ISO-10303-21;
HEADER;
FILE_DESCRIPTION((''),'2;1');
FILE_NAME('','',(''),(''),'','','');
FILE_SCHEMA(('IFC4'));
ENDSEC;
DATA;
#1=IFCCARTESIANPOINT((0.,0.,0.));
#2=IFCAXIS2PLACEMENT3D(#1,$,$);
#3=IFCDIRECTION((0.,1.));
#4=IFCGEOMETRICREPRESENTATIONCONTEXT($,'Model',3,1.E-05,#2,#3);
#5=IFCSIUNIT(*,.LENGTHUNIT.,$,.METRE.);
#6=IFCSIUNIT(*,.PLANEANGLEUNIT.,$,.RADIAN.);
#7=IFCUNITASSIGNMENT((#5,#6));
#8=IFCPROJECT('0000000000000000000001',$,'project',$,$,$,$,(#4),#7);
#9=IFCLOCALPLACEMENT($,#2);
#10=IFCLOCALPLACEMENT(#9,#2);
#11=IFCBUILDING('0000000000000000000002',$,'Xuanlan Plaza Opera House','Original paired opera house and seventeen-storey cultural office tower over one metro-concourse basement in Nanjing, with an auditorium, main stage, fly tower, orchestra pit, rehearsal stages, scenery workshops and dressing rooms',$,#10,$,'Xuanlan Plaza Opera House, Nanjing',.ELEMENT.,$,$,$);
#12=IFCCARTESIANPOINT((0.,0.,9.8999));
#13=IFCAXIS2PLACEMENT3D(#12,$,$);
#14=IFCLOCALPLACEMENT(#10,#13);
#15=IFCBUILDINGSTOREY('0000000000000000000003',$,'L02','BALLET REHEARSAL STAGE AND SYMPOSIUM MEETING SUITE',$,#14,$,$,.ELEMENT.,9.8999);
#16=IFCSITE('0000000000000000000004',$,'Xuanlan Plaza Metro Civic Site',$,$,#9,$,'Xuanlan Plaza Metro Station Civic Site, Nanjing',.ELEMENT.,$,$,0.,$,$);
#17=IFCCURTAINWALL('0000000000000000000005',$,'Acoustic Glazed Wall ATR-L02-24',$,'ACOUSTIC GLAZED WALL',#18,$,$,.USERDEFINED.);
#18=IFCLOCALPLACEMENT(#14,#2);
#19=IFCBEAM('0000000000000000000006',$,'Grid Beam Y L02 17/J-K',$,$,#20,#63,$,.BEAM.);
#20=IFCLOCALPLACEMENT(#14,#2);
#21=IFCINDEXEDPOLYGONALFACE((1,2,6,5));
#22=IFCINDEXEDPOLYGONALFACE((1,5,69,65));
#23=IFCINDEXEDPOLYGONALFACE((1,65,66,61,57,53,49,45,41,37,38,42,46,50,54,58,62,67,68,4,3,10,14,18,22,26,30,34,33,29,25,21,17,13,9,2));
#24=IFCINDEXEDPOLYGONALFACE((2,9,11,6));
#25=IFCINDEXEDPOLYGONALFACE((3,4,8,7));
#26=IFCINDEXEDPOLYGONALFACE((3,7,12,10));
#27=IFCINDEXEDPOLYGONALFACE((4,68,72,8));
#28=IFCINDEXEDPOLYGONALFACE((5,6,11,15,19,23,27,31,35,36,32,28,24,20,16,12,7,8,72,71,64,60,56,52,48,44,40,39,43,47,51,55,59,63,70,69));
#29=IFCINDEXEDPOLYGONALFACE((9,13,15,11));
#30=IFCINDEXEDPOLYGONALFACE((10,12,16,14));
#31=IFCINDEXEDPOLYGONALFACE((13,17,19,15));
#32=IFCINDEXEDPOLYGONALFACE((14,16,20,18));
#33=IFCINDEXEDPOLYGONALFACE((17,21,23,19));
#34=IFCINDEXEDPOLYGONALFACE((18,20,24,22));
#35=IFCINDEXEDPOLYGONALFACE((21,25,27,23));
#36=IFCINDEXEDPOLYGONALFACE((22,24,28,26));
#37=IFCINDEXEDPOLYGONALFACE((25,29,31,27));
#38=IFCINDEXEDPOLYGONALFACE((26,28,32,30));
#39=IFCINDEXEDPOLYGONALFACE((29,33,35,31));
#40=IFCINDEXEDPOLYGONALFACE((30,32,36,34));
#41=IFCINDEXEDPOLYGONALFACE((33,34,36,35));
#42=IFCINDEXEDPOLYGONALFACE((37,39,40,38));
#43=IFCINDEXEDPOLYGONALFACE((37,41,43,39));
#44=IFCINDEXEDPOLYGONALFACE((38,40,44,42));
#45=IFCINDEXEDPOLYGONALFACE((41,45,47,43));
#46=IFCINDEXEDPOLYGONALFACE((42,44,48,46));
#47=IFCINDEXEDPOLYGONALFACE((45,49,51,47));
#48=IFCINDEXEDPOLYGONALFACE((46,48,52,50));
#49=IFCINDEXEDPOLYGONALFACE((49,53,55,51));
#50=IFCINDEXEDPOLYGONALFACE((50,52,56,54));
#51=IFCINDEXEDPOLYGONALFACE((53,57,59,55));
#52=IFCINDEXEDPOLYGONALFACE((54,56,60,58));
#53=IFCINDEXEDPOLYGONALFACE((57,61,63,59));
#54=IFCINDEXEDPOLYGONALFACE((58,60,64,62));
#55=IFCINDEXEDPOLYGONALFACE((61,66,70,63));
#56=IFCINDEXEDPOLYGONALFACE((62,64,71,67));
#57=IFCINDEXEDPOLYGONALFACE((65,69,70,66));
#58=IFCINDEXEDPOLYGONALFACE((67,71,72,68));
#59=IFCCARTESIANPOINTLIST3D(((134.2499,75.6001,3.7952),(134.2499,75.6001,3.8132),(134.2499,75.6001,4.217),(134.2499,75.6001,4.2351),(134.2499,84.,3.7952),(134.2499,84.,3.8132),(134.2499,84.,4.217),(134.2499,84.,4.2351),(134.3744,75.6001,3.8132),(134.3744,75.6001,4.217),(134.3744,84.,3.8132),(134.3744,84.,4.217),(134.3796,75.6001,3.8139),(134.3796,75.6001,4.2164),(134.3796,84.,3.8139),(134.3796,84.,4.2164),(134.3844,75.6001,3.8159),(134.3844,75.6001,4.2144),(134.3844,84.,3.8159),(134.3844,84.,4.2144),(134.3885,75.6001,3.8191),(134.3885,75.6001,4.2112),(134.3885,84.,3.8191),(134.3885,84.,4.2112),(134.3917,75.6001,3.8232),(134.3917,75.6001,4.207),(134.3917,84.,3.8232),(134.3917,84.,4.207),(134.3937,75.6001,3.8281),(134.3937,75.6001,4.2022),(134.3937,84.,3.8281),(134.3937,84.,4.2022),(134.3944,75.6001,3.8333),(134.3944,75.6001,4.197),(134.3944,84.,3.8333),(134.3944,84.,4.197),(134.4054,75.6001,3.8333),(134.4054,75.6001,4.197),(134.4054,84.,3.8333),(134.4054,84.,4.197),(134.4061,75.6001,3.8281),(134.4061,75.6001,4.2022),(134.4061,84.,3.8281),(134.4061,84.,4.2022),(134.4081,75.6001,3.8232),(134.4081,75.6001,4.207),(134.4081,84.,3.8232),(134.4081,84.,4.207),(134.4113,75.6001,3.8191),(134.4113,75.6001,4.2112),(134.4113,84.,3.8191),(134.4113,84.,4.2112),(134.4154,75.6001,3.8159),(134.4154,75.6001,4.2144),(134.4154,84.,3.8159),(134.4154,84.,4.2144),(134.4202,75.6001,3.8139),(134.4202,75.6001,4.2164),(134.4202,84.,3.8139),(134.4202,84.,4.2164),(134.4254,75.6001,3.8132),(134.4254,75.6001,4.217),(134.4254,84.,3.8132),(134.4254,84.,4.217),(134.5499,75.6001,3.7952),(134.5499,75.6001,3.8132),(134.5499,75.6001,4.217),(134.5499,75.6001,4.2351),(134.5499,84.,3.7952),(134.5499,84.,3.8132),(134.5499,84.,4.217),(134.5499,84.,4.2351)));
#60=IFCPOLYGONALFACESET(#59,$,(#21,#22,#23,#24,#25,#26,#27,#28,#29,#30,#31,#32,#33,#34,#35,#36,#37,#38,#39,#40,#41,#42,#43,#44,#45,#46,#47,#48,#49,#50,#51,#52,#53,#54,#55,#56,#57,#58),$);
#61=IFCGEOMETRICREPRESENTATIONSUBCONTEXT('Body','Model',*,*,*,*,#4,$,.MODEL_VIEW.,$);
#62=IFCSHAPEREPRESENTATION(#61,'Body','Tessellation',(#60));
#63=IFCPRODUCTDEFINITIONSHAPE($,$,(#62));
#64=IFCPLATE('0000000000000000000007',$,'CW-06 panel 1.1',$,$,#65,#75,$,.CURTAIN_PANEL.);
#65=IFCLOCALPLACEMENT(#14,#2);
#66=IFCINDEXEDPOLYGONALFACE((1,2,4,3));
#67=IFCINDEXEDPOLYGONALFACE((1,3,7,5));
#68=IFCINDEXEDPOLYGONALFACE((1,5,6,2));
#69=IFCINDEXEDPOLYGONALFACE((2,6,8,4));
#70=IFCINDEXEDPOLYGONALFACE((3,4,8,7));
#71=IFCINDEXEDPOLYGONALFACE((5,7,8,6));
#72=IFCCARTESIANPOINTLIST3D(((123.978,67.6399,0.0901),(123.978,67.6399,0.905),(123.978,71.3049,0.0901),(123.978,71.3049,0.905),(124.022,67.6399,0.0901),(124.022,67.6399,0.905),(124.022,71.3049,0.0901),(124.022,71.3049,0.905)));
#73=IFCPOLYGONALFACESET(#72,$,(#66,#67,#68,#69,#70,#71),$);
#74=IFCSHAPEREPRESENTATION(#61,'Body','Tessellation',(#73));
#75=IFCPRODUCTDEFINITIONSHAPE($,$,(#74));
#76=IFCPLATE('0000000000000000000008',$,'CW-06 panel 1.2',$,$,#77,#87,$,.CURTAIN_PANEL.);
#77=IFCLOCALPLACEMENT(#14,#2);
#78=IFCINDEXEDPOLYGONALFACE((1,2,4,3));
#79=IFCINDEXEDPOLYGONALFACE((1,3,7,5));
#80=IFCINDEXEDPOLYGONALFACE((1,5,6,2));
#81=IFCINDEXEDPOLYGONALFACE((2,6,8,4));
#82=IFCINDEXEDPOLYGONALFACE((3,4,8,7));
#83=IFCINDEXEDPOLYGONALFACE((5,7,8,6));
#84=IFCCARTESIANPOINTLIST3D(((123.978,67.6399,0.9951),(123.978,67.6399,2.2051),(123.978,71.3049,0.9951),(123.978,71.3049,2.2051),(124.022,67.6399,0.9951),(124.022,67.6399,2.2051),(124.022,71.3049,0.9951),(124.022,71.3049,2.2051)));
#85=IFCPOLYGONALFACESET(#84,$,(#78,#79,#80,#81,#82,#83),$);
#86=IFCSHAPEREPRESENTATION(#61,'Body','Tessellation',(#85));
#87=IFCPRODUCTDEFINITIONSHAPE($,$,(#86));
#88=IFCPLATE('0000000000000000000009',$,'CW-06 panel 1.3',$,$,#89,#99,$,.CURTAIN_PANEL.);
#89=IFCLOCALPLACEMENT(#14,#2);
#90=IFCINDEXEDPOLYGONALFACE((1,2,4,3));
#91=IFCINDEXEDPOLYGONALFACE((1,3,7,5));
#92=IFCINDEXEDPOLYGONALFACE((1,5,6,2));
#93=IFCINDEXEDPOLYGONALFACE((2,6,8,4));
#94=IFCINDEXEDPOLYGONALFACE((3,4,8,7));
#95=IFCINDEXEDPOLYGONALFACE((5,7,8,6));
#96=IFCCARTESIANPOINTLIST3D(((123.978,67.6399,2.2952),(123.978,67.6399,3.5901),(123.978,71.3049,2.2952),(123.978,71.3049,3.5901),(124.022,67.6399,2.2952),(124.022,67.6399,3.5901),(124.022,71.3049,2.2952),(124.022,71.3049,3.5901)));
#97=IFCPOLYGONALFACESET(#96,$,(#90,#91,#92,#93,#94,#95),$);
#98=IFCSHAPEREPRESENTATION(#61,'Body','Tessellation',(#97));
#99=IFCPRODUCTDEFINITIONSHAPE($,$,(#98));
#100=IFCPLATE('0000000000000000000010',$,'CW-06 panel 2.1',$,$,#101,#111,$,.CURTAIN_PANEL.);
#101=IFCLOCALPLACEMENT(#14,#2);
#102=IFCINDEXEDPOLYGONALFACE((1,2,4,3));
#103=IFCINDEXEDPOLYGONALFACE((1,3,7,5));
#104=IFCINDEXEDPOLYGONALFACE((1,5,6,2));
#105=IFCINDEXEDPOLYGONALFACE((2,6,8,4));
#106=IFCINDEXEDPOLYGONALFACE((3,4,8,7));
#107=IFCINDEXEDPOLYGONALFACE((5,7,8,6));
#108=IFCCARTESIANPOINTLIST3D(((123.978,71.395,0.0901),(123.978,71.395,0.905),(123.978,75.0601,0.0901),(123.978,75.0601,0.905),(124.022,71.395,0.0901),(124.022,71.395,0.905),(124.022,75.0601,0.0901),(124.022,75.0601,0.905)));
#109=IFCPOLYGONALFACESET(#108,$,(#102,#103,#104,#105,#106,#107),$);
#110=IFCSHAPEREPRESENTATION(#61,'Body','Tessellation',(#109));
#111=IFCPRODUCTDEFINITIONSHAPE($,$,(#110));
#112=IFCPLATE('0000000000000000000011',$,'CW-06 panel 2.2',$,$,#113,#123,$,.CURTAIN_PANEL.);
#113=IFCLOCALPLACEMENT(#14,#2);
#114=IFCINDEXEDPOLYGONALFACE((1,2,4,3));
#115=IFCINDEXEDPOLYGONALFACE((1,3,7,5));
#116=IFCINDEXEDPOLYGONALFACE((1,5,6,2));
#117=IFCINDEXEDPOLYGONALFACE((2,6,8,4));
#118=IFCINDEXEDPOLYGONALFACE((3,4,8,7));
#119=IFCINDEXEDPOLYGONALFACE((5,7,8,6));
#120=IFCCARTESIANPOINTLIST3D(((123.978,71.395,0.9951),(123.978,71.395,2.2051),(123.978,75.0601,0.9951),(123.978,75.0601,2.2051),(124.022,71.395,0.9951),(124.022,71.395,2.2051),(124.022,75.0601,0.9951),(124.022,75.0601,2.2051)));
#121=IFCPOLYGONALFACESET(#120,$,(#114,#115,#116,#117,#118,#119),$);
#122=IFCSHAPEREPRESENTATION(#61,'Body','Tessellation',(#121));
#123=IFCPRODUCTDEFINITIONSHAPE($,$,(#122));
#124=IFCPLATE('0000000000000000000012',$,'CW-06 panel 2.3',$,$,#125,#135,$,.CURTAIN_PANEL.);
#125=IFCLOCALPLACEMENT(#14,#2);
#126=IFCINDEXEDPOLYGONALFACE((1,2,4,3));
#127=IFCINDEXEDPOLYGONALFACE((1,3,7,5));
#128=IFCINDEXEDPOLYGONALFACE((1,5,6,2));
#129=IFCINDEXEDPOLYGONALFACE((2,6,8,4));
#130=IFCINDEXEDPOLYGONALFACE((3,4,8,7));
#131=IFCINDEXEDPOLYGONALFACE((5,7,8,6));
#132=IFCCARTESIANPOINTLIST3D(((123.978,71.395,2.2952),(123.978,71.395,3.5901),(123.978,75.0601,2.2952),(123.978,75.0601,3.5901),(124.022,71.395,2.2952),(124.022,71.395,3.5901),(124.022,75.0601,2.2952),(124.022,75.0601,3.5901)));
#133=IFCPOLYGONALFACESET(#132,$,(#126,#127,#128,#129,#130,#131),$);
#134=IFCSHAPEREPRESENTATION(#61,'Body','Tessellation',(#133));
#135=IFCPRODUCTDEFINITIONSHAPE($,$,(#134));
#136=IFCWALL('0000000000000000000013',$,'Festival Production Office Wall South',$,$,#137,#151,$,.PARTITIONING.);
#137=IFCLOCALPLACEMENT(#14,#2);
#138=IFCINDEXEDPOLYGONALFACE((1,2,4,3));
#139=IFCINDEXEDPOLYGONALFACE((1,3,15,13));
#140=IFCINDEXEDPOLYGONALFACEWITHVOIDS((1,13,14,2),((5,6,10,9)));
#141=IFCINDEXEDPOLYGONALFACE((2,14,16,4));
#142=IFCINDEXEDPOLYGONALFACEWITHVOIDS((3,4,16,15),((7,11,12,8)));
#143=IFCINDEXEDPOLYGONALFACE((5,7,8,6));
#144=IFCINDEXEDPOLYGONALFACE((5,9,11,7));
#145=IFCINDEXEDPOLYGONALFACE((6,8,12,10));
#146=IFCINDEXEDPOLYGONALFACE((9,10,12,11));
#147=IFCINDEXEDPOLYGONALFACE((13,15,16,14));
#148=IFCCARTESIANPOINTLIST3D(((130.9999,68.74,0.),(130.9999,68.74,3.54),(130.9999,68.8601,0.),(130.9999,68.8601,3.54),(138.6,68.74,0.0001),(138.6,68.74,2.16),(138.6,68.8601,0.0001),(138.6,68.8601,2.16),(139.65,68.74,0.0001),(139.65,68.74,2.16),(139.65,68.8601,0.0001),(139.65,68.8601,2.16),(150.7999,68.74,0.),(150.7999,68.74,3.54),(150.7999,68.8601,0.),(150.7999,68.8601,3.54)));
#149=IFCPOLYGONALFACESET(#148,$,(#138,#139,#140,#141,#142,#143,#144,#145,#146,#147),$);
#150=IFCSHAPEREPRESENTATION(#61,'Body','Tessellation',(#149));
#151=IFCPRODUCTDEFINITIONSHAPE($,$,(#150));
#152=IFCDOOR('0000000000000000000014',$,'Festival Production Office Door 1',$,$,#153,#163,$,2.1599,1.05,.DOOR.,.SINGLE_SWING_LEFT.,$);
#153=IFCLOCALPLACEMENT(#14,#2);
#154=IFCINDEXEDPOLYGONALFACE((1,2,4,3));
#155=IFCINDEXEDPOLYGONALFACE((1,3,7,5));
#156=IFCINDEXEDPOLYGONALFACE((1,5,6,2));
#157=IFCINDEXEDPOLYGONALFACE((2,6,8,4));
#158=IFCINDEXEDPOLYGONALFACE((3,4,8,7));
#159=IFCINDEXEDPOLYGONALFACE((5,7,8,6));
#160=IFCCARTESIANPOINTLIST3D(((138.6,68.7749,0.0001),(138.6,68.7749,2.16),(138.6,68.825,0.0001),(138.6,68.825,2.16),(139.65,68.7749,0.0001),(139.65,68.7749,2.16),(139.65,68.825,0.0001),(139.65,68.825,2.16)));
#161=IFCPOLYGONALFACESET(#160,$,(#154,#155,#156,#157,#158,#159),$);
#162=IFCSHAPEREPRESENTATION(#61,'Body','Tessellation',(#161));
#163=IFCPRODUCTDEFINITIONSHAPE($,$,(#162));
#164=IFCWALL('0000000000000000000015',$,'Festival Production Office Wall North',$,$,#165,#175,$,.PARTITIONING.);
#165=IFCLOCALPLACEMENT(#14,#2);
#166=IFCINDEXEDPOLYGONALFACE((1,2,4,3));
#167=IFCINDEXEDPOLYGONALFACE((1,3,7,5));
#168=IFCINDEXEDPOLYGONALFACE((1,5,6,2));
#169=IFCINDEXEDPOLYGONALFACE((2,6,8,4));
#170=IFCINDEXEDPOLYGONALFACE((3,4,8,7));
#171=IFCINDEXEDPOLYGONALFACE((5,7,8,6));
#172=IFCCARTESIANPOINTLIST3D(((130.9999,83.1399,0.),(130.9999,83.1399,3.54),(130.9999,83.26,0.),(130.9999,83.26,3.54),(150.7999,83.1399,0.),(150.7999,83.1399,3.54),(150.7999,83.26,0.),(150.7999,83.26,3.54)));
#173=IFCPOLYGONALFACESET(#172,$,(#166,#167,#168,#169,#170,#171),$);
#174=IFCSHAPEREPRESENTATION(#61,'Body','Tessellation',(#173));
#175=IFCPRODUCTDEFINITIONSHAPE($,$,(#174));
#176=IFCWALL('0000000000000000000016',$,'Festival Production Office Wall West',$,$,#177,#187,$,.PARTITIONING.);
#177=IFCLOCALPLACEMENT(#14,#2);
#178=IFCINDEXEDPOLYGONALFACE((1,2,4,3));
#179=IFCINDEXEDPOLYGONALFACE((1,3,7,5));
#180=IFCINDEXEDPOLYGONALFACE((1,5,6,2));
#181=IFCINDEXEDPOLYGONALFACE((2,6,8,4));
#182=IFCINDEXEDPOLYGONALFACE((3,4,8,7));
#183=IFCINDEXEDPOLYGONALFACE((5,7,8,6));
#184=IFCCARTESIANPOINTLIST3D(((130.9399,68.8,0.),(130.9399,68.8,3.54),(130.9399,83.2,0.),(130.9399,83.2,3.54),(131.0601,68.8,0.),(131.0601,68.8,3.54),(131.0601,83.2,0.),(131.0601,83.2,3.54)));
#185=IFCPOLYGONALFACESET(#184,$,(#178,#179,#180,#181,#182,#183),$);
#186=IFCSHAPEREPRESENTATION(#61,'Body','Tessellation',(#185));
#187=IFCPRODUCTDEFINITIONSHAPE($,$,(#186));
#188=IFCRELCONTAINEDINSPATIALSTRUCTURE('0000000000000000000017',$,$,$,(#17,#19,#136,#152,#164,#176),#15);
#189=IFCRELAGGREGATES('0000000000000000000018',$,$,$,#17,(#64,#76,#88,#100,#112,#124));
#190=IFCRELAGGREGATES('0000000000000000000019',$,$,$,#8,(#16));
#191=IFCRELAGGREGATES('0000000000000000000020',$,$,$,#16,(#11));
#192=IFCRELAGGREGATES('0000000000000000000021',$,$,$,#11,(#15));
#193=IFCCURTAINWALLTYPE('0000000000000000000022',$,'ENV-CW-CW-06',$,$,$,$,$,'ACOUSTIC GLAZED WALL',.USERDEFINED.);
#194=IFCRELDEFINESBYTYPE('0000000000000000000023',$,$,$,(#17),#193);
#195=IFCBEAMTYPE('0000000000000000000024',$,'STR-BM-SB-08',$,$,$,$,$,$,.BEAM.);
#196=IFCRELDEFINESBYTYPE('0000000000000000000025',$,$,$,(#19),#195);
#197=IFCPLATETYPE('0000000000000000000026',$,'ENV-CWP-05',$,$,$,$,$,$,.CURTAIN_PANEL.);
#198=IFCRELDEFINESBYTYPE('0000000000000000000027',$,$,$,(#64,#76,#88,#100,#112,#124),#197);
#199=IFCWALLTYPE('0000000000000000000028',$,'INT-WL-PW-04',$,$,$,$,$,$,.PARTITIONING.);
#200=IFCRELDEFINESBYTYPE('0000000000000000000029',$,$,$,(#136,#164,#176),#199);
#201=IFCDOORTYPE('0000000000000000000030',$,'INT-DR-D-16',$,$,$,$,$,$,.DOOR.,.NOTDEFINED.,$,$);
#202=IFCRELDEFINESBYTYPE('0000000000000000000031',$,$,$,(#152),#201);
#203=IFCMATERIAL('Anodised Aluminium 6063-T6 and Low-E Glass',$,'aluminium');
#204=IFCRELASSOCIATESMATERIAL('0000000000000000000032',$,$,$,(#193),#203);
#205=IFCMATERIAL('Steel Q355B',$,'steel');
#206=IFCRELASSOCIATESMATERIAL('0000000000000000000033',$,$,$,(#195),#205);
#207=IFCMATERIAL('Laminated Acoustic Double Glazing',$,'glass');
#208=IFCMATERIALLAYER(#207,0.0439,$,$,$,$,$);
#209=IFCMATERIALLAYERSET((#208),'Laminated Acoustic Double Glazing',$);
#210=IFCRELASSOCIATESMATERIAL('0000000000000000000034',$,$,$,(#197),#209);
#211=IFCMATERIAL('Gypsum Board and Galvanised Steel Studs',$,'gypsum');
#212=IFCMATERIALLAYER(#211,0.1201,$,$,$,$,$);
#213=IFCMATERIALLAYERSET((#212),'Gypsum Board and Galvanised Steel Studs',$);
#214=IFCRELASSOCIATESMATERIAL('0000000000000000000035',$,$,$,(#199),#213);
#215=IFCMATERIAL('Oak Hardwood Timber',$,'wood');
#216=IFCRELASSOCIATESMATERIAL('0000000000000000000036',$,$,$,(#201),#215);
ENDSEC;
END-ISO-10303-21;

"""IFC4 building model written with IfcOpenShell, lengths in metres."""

from ifc_helpers import new_model, si_unit, direction, frame, frame_2d, origin, origin_2d, place, context, subcontext, project, spatial, rectangle, i_section, extrude, material, layer, layer_set, material_profile, profile_set, type_object, element, fill, aggregate, save


model = new_model("IFC4")

# Units and contexts
model_context = context("Model", 3, precision=1e-05, world=origin(), true_north=direction((0.0, 1.0)))
body_context = subcontext(model_context, "Body", "Model", "MODEL_VIEW")
ifc_project = project(units=[si_unit("LENGTHUNIT", "METRE"), si_unit("PLANEANGLEUNIT", "RADIAN")], contexts=[model_context])

# Site, building, storey
site_placement = place(None, origin())
site = spatial("IfcSite", under=ifc_project, at=site_placement, Name="Xuanlan Plaza Metro Civic Site", LongName="Xuanlan Plaza Metro Station Civic Site, Nanjing", CompositionType="ELEMENT", RefElevation=0.0)
building_placement = place(site_placement, origin())
building = spatial("IfcBuilding", under=site, at=building_placement, Name="Xuanlan Plaza Opera House", Description="Original paired opera house and seventeen-storey cultural office tower over one metro-concourse basement in Nanjing, with an auditorium, main stage, fly tower, orchestra pit, rehearsal stages, scenery workshops and dressing rooms", LongName="Xuanlan Plaza Opera House, Nanjing", CompositionType="ELEMENT")
storey_placement = place(building_placement, frame((0.0, 0.0, 9.8999)))
storey = spatial("IfcBuildingStorey", under=building, at=storey_placement, Name="L02", Description="BALLET REHEARSAL STAGE AND SYMPOSIUM MEETING SUITE", CompositionType="ELEMENT", Elevation=9.8999)

# Curtain wall
ifc_material_1 = material(Name="Anodised Aluminium 6063-T6 and Low-E Glass", Category="aluminium")
curtain_wall_type = type_object("IfcCurtainWallType", Name="ENV-CW-CW-06", ElementType="ACOUSTIC GLAZED WALL", PredefinedType="USERDEFINED", material=ifc_material_1)
curtain_wall_placement = place(storey_placement, origin())
curtain_wall = element("IfcCurtainWall", 1, at=curtain_wall_placement, inside=storey, type_object=curtain_wall_type, Name="Acoustic Glazed Wall ATR-L02-24", ObjectType="ACOUSTIC GLAZED WALL", PredefinedType="USERDEFINED")

# Beam
ifc_material_2 = material(Name="Steel Q355B", Category="steel")
ifc_material_profile_1 = material_profile(ifc_material_2, i_section(OverallWidth=0.3, OverallDepth=0.4399, WebThickness=0.011, FlangeThickness=0.0181, FilletRadius=0.02, at=origin_2d()), Name="HM 440x300x11x18")
ifc_profile_set_1 = profile_set([ifc_material_profile_1], Name="Steel Q355B")
beam_type_1 = type_object("IfcBeamType", Name="STR-BM-SB-08", PredefinedType="BEAM", material=ifc_profile_set_1)
beam_1_placement = place(storey_placement, frame((134.3999, 75.6001, 4.0151), z_axis=(0.0, 1.0, 0.0), x_axis=(-1.0, 0.0, 0.0)))
element("IfcBeam", 2, at=beam_1_placement, inside=storey, type_object=beam_type_1, Name="Grid Beam Y L02 17/J-K", PredefinedType="BEAM", context=body_context, shape_type="SweptSolid", body=[
    extrude(i_section(OverallWidth=0.3, OverallDepth=0.4399, WebThickness=0.011, FlangeThickness=0.0181, FilletRadius=0.02, at=origin_2d()), origin(), (0.0, 0.0, 1.0), 8.3999),
])

# Plates
ifc_material_3 = material(Name="Laminated Acoustic Double Glazing", Category="glass")
ifc_layer_1 = layer(ifc_material_3, 0.0439)
ifc_layer_set_1 = layer_set([ifc_layer_1], Name="Laminated Acoustic Double Glazing")
plate_type = type_object("IfcPlateType", Name="ENV-CWP-05", PredefinedType="CURTAIN_PANEL", material=ifc_layer_set_1)
plate_1_placement = place(storey_placement, frame((124.0, 69.4724, 0.0901), z_axis=(0.0, 0.0, 1.0), x_axis=(0.0, 1.0, 0.0)))
plate_1 = element("IfcPlate", 3, at=plate_1_placement, type_object=plate_type, Name="CW-06 panel 1.1", PredefinedType="CURTAIN_PANEL", context=body_context, shape_type="SweptSolid", body=[
    extrude(rectangle(XDim=3.665, YDim=0.0439, at=origin_2d()), origin(), (0.0, 0.0, 1.0), 0.8149),
])
plate_2_placement = place(storey_placement, frame((124.0, 69.4724, 0.9951), z_axis=(0.0, 0.0, 1.0), x_axis=(0.0, 1.0, 0.0)))
plate_2 = element("IfcPlate", 4, at=plate_2_placement, type_object=plate_type, Name="CW-06 panel 1.2", PredefinedType="CURTAIN_PANEL", context=body_context, shape_type="SweptSolid", body=[
    extrude(rectangle(XDim=3.665, YDim=0.0439, at=origin_2d()), origin(), (0.0, 0.0, 1.0), 1.21),
])
plate_3_placement = place(storey_placement, frame((124.0, 69.4724, 2.2952), z_axis=(0.0, 0.0, 1.0), x_axis=(0.0, 1.0, 0.0)))
plate_3 = element("IfcPlate", 5, at=plate_3_placement, type_object=plate_type, Name="CW-06 panel 1.3", PredefinedType="CURTAIN_PANEL", context=body_context, shape_type="SweptSolid", body=[
    extrude(rectangle(XDim=3.665, YDim=0.0439, at=origin_2d()), origin(), (0.0, 0.0, 1.0), 1.2949),
])
plate_4_placement = place(storey_placement, frame((124.0, 73.2275, 0.0901), z_axis=(0.0, 0.0, 1.0), x_axis=(0.0, 1.0, 0.0)))
plate_4 = element("IfcPlate", 6, at=plate_4_placement, type_object=plate_type, Name="CW-06 panel 2.1", PredefinedType="CURTAIN_PANEL", context=body_context, shape_type="SweptSolid", body=[
    extrude(rectangle(XDim=3.665, YDim=0.0439, at=origin_2d()), origin(), (0.0, 0.0, 1.0), 0.8149),
])
plate_5_placement = place(storey_placement, frame((124.0, 73.2275, 0.9951), z_axis=(0.0, 0.0, 1.0), x_axis=(0.0, 1.0, 0.0)))
plate_5 = element("IfcPlate", 7, at=plate_5_placement, type_object=plate_type, Name="CW-06 panel 2.2", PredefinedType="CURTAIN_PANEL", context=body_context, shape_type="SweptSolid", body=[
    extrude(rectangle(XDim=3.665, YDim=0.0439, at=origin_2d()), origin(), (0.0, 0.0, 1.0), 1.21),
])
plate_6_placement = place(storey_placement, frame((124.0, 73.2275, 2.2952), z_axis=(0.0, 0.0, 1.0), x_axis=(0.0, 1.0, 0.0)))
plate_6 = element("IfcPlate", 8, at=plate_6_placement, type_object=plate_type, Name="CW-06 panel 2.3", PredefinedType="CURTAIN_PANEL", context=body_context, shape_type="SweptSolid", body=[
    extrude(rectangle(XDim=3.665, YDim=0.0439, at=origin_2d()), origin(), (0.0, 0.0, 1.0), 1.2949),
])
aggregate(curtain_wall, [plate_1, plate_2, plate_3, plate_4, plate_5, plate_6])

# Wall, opening, door
ifc_material_4 = material(Name="Gypsum Board and Galvanised Steel Studs", Category="gypsum")
ifc_layer_2 = layer(ifc_material_4, 0.1201)
ifc_layer_set_2 = layer_set([ifc_layer_2], Name="Gypsum Board and Galvanised Steel Studs")
wall_type_1 = type_object("IfcWallType", Name="INT-WL-PW-04", PredefinedType="PARTITIONING", material=ifc_layer_set_2)
wall_1_placement = place(storey_placement, frame((131.0, 68.8, 0.0), z_axis=(0.0, 0.0, 1.0), x_axis=(1.0, 0.0, 0.0)))
wall_1 = element("IfcWall", 9, at=wall_1_placement, inside=storey, type_object=wall_type_1, Name="Festival Production Office Wall South", PredefinedType="PARTITIONING", context=body_context, shape_type="SweptSolid", body=[
    extrude(rectangle(XDim=19.8, YDim=0.1201, at=frame_2d((9.8999, 0.0))), origin(), (0.0, 0.0, 1.0), 3.54),
])
opening_1_placement = place(wall_1_placement, frame((7.6001, 0.0, 0.0)))
opening_1 = element("IfcOpeningElement", 10, at=opening_1_placement, cuts=wall_1, PredefinedType="OPENING", context=body_context, shape_type="SweptSolid", body=[
    extrude(rectangle(XDim=1.05, YDim=2.1599, at=frame_2d((0.5249, 1.0801))), frame((0.0, 0.0701, 0.0), z_axis=(0.0, -1.0, 0.0), x_axis=(1.0, 0.0, 0.0)), (0.0, 0.0, 1.0), 0.1401),
])
ifc_material_5 = material(Name="Oak Hardwood Timber", Category="wood")
door_type_1 = type_object("IfcDoorType", Name="INT-DR-D-16", OperationType="NOTDEFINED", PredefinedType="DOOR", material=ifc_material_5)
door_1_placement = place(opening_1_placement, origin())
door_1 = element("IfcDoor", 11, at=door_1_placement, inside=storey, type_object=door_type_1, Name="Festival Production Office Door 1", OperationType="SINGLE_SWING_LEFT", OverallHeight=2.1599, OverallWidth=1.05, PredefinedType="DOOR", context=body_context, shape_type="SweptSolid", body=[
    extrude(rectangle(XDim=1.05, YDim=2.1599, at=frame_2d((0.5249, 1.0801))), frame((0.0, 0.0249, 0.0), z_axis=(0.0, -1.0, 0.0), x_axis=(1.0, 0.0, 0.0)), (0.0, 0.0, 1.0), 0.05),
])
fill(opening_1, door_1)

# Walls
wall_2_placement = place(storey_placement, frame((131.0, 83.2, 0.0), z_axis=(0.0, 0.0, 1.0), x_axis=(1.0, 0.0, 0.0)))
element("IfcWall", 12, at=wall_2_placement, inside=storey, type_object=wall_type_1, Name="Festival Production Office Wall North", PredefinedType="PARTITIONING", context=body_context, shape_type="SweptSolid", body=[
    extrude(rectangle(XDim=19.8, YDim=0.1201, at=frame_2d((9.8999, 0.0))), origin(), (0.0, 0.0, 1.0), 3.54),
])
wall_3_placement = place(storey_placement, frame((131.0, 68.8, 0.0), z_axis=(0.0, 0.0, 1.0), x_axis=(0.0, 1.0, 0.0)))
element("IfcWall", 13, at=wall_3_placement, inside=storey, type_object=wall_type_1, Name="Festival Production Office Wall West", PredefinedType="PARTITIONING", context=body_context, shape_type="SweptSolid", body=[
    extrude(rectangle(XDim=14.3999, YDim=0.1201, at=frame_2d((7.2, 0.0))), origin(), (0.0, 0.0, 1.0), 3.54),
])

save(model, "model.ifc")
